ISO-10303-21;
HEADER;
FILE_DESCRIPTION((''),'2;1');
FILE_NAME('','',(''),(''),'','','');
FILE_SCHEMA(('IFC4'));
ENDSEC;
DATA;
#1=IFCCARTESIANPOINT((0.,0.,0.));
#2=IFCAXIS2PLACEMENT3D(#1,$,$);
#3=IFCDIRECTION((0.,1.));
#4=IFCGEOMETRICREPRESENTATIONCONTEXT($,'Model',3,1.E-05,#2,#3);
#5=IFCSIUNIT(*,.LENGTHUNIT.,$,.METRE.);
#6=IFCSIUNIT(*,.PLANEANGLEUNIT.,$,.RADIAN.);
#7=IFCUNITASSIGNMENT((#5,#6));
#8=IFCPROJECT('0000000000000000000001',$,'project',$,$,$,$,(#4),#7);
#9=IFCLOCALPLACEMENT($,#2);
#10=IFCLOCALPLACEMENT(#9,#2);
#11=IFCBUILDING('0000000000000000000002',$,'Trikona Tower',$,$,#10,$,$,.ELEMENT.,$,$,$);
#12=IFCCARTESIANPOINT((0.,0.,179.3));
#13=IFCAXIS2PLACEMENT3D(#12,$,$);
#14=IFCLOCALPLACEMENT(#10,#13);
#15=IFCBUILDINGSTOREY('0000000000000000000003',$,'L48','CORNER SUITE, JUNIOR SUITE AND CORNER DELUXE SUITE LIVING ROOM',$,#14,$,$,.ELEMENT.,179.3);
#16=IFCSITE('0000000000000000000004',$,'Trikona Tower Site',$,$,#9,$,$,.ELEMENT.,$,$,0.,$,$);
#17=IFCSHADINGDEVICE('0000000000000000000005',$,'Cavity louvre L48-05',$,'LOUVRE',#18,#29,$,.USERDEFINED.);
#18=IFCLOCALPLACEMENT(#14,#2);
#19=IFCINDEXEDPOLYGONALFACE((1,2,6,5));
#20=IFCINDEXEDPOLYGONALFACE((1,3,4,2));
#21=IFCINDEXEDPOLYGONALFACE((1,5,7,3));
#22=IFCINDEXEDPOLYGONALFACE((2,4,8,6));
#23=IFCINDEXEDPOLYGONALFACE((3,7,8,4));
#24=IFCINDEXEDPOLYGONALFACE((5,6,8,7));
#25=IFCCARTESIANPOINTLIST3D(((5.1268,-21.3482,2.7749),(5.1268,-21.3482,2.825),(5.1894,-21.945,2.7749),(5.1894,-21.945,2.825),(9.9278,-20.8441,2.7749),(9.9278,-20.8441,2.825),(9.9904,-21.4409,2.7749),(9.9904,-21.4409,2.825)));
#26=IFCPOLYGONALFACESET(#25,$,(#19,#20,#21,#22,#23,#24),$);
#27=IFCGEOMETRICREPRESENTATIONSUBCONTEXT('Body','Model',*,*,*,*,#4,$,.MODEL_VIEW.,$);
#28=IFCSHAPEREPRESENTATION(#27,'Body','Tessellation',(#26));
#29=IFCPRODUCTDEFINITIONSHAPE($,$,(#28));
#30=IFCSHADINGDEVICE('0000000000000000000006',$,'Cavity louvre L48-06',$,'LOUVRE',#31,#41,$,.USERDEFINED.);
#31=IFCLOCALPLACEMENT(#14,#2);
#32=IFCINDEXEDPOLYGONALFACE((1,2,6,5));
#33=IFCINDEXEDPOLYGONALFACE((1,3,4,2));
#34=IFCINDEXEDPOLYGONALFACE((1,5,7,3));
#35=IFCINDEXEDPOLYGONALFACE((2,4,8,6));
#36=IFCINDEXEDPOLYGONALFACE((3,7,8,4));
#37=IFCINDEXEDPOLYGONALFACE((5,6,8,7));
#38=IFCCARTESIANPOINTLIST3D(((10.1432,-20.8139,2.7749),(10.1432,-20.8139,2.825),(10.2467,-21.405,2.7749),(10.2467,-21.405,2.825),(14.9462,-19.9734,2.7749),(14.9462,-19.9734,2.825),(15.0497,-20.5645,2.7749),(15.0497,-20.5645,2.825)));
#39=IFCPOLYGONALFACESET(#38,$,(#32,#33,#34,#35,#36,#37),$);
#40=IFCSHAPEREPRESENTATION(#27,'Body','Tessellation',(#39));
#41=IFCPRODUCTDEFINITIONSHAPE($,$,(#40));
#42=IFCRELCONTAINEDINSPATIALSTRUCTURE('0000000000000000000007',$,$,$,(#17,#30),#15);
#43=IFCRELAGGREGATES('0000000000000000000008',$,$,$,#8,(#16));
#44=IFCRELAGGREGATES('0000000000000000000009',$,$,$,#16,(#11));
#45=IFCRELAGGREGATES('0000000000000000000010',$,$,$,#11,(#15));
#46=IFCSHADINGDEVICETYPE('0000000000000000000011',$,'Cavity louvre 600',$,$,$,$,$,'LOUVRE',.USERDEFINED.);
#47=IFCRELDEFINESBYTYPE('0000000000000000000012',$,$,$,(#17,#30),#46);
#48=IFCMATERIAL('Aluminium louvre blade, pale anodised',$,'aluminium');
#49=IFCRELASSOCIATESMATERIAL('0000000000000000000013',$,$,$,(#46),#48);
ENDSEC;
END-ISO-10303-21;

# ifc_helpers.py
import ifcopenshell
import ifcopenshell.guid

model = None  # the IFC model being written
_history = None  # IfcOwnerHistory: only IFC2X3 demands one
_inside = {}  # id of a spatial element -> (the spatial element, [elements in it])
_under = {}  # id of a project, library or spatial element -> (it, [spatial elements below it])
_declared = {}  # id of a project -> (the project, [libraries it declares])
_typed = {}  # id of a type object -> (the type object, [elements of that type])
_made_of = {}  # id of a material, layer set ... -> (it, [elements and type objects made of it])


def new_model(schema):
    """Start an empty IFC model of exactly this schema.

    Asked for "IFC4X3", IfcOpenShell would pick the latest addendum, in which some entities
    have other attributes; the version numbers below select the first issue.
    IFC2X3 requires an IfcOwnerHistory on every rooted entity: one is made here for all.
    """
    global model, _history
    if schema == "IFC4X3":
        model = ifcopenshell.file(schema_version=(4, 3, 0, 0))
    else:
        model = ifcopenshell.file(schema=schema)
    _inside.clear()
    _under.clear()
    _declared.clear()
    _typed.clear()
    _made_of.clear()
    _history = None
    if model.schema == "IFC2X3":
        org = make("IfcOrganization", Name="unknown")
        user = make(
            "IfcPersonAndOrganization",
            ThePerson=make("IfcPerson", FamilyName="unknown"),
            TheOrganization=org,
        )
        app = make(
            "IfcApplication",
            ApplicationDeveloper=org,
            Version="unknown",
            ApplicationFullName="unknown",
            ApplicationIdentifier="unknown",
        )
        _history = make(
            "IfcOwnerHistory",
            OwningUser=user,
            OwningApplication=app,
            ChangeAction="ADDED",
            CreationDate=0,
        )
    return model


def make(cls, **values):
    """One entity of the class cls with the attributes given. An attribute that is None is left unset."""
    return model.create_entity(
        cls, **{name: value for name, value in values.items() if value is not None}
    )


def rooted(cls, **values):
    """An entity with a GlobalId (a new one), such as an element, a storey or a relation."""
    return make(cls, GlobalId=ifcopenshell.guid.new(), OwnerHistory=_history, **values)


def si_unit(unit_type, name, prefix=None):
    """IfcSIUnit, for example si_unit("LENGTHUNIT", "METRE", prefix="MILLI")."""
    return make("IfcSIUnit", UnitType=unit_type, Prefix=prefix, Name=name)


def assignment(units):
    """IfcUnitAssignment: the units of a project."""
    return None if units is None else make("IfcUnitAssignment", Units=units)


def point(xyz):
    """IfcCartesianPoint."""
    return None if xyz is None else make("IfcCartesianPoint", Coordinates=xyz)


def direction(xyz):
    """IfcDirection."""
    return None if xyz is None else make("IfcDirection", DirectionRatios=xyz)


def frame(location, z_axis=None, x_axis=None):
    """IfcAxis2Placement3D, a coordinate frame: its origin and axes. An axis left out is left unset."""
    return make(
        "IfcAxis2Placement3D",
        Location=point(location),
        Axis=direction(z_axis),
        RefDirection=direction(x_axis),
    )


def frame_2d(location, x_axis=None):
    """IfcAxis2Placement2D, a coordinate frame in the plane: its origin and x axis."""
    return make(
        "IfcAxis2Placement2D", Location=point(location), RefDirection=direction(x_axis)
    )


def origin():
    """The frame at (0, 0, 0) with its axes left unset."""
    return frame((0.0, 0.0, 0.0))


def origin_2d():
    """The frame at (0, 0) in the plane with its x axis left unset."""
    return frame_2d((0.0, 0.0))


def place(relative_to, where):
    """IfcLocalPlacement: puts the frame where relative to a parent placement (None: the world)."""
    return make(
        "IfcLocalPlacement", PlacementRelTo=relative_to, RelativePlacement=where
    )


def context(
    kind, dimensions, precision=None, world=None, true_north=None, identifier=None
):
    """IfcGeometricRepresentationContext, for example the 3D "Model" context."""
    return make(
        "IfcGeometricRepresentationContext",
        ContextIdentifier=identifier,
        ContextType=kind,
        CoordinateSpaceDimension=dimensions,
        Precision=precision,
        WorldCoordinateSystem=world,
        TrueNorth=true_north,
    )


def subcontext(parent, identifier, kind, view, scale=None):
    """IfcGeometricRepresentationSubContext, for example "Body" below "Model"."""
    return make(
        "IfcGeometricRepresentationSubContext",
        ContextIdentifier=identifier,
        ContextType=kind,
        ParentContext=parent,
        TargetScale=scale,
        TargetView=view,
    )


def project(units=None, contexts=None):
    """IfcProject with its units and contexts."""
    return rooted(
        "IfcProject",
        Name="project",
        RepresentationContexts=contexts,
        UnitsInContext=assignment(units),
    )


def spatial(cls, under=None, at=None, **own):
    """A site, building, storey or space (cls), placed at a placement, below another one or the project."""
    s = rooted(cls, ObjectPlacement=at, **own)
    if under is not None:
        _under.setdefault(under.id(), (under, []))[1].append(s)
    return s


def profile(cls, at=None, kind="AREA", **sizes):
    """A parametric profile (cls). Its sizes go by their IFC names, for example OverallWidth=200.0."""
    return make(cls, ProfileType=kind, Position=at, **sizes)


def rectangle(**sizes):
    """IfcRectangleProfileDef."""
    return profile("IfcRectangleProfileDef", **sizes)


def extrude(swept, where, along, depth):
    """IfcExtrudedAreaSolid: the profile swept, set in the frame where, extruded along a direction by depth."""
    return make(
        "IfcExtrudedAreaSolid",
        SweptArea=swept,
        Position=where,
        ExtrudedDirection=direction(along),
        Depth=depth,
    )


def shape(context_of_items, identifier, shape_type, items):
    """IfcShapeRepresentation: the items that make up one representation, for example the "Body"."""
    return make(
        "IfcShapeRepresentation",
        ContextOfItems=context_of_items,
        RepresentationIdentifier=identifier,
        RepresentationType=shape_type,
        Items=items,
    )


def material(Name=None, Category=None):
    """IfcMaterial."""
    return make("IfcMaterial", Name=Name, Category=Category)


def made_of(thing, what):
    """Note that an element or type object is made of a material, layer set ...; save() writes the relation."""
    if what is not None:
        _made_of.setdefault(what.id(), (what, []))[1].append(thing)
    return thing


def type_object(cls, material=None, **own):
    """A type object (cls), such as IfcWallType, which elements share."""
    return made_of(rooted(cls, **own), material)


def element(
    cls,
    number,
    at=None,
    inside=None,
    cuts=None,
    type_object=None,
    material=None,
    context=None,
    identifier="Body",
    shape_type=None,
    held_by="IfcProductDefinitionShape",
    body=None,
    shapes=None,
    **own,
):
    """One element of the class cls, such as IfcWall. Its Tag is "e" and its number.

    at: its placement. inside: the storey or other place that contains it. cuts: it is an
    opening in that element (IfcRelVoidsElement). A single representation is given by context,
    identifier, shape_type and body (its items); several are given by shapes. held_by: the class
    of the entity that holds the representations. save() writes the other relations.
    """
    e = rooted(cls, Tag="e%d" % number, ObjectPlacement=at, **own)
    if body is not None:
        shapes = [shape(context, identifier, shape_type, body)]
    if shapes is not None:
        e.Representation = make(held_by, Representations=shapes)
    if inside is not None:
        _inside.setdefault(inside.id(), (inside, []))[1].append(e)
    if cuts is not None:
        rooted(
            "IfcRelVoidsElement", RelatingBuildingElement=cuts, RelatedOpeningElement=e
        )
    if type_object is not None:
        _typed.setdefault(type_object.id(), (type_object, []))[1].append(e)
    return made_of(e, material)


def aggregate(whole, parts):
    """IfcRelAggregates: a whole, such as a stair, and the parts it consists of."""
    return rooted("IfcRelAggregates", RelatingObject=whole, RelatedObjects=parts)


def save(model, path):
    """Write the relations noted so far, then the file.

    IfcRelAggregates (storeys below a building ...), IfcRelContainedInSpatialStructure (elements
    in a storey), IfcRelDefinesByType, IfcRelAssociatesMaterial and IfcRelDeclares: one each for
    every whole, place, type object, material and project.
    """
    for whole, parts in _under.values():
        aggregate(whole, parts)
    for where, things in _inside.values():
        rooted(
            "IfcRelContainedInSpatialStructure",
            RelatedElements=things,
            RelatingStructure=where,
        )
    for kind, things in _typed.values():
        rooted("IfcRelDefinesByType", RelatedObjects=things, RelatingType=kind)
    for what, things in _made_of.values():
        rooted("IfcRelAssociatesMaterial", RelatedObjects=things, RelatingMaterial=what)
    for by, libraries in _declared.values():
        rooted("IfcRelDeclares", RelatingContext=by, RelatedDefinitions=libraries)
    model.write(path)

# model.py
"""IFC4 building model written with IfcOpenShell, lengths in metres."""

from ifc_helpers import new_model, si_unit, direction, frame, origin, origin_2d, place, context, subcontext, project, spatial, rectangle, extrude, material, type_object, element, save


model = new_model("IFC4")

# Units and contexts
model_context = context("Model", 3, precision=1e-05, world=origin(), true_north=direction((0.0, 1.0)))
body_context = subcontext(model_context, "Body", "Model", "MODEL_VIEW")
ifc_project = project(units=[si_unit("LENGTHUNIT", "METRE"), si_unit("PLANEANGLEUNIT", "RADIAN")], contexts=[model_context])

# Site, building, storey
site_placement = place(None, origin())
site = spatial("IfcSite", under=ifc_project, at=site_placement, Name="Trikona Tower Site", CompositionType="ELEMENT", RefElevation=0.0)
building_placement = place(site_placement, origin())
building = spatial("IfcBuilding", under=site, at=building_placement, Name="Trikona Tower", CompositionType="ELEMENT")
storey_placement = place(building_placement, frame((0.0, 0.0, 179.3)))
storey = spatial("IfcBuildingStorey", under=building, at=storey_placement, Name="L48", Description="CORNER SUITE, JUNIOR SUITE AND CORNER DELUXE SUITE LIVING ROOM", CompositionType="ELEMENT", Elevation=179.3)

# Shading devices
ifc_material_1 = material(Name="Aluminium louvre blade, pale anodised", Category="aluminium")
shading_device_type = type_object("IfcShadingDeviceType", Name="Cavity louvre 600", ElementType="LOUVRE", PredefinedType="USERDEFINED", material=ifc_material_1)
shading_device_1_placement = place(storey_placement, frame((7.5586, -21.3945, 2.7749), z_axis=(0.0, 0.0, 1.0), x_axis=(0.994533, 0.104426, 0.0)))
element("IfcShadingDevice", 1, at=shading_device_1_placement, inside=storey, type_object=shading_device_type, Name="Cavity louvre L48-05", ObjectType="LOUVRE", PredefinedType="USERDEFINED", context=body_context, shape_type="SweptSolid", body=[
    extrude(rectangle(XDim=4.8274, YDim=0.6001, at=origin_2d()), origin(), (0.0, 0.0, 1.0), 0.05),
])
shading_device_2_placement = place(storey_placement, frame((12.5964, -20.6892, 2.7749), z_axis=(0.0, 0.0, 1.0), x_axis=(0.985031, 0.17238, 0.0)))
element("IfcShadingDevice", 2, at=shading_device_2_placement, inside=storey, type_object=shading_device_type, Name="Cavity louvre L48-06", ObjectType="LOUVRE", PredefinedType="USERDEFINED", context=body_context, shape_type="SweptSolid", body=[
    extrude(rectangle(XDim=4.876, YDim=0.6001, at=origin_2d()), origin(), (0.0, 0.0, 1.0), 0.05),
])

save(model, "model.ifc")
